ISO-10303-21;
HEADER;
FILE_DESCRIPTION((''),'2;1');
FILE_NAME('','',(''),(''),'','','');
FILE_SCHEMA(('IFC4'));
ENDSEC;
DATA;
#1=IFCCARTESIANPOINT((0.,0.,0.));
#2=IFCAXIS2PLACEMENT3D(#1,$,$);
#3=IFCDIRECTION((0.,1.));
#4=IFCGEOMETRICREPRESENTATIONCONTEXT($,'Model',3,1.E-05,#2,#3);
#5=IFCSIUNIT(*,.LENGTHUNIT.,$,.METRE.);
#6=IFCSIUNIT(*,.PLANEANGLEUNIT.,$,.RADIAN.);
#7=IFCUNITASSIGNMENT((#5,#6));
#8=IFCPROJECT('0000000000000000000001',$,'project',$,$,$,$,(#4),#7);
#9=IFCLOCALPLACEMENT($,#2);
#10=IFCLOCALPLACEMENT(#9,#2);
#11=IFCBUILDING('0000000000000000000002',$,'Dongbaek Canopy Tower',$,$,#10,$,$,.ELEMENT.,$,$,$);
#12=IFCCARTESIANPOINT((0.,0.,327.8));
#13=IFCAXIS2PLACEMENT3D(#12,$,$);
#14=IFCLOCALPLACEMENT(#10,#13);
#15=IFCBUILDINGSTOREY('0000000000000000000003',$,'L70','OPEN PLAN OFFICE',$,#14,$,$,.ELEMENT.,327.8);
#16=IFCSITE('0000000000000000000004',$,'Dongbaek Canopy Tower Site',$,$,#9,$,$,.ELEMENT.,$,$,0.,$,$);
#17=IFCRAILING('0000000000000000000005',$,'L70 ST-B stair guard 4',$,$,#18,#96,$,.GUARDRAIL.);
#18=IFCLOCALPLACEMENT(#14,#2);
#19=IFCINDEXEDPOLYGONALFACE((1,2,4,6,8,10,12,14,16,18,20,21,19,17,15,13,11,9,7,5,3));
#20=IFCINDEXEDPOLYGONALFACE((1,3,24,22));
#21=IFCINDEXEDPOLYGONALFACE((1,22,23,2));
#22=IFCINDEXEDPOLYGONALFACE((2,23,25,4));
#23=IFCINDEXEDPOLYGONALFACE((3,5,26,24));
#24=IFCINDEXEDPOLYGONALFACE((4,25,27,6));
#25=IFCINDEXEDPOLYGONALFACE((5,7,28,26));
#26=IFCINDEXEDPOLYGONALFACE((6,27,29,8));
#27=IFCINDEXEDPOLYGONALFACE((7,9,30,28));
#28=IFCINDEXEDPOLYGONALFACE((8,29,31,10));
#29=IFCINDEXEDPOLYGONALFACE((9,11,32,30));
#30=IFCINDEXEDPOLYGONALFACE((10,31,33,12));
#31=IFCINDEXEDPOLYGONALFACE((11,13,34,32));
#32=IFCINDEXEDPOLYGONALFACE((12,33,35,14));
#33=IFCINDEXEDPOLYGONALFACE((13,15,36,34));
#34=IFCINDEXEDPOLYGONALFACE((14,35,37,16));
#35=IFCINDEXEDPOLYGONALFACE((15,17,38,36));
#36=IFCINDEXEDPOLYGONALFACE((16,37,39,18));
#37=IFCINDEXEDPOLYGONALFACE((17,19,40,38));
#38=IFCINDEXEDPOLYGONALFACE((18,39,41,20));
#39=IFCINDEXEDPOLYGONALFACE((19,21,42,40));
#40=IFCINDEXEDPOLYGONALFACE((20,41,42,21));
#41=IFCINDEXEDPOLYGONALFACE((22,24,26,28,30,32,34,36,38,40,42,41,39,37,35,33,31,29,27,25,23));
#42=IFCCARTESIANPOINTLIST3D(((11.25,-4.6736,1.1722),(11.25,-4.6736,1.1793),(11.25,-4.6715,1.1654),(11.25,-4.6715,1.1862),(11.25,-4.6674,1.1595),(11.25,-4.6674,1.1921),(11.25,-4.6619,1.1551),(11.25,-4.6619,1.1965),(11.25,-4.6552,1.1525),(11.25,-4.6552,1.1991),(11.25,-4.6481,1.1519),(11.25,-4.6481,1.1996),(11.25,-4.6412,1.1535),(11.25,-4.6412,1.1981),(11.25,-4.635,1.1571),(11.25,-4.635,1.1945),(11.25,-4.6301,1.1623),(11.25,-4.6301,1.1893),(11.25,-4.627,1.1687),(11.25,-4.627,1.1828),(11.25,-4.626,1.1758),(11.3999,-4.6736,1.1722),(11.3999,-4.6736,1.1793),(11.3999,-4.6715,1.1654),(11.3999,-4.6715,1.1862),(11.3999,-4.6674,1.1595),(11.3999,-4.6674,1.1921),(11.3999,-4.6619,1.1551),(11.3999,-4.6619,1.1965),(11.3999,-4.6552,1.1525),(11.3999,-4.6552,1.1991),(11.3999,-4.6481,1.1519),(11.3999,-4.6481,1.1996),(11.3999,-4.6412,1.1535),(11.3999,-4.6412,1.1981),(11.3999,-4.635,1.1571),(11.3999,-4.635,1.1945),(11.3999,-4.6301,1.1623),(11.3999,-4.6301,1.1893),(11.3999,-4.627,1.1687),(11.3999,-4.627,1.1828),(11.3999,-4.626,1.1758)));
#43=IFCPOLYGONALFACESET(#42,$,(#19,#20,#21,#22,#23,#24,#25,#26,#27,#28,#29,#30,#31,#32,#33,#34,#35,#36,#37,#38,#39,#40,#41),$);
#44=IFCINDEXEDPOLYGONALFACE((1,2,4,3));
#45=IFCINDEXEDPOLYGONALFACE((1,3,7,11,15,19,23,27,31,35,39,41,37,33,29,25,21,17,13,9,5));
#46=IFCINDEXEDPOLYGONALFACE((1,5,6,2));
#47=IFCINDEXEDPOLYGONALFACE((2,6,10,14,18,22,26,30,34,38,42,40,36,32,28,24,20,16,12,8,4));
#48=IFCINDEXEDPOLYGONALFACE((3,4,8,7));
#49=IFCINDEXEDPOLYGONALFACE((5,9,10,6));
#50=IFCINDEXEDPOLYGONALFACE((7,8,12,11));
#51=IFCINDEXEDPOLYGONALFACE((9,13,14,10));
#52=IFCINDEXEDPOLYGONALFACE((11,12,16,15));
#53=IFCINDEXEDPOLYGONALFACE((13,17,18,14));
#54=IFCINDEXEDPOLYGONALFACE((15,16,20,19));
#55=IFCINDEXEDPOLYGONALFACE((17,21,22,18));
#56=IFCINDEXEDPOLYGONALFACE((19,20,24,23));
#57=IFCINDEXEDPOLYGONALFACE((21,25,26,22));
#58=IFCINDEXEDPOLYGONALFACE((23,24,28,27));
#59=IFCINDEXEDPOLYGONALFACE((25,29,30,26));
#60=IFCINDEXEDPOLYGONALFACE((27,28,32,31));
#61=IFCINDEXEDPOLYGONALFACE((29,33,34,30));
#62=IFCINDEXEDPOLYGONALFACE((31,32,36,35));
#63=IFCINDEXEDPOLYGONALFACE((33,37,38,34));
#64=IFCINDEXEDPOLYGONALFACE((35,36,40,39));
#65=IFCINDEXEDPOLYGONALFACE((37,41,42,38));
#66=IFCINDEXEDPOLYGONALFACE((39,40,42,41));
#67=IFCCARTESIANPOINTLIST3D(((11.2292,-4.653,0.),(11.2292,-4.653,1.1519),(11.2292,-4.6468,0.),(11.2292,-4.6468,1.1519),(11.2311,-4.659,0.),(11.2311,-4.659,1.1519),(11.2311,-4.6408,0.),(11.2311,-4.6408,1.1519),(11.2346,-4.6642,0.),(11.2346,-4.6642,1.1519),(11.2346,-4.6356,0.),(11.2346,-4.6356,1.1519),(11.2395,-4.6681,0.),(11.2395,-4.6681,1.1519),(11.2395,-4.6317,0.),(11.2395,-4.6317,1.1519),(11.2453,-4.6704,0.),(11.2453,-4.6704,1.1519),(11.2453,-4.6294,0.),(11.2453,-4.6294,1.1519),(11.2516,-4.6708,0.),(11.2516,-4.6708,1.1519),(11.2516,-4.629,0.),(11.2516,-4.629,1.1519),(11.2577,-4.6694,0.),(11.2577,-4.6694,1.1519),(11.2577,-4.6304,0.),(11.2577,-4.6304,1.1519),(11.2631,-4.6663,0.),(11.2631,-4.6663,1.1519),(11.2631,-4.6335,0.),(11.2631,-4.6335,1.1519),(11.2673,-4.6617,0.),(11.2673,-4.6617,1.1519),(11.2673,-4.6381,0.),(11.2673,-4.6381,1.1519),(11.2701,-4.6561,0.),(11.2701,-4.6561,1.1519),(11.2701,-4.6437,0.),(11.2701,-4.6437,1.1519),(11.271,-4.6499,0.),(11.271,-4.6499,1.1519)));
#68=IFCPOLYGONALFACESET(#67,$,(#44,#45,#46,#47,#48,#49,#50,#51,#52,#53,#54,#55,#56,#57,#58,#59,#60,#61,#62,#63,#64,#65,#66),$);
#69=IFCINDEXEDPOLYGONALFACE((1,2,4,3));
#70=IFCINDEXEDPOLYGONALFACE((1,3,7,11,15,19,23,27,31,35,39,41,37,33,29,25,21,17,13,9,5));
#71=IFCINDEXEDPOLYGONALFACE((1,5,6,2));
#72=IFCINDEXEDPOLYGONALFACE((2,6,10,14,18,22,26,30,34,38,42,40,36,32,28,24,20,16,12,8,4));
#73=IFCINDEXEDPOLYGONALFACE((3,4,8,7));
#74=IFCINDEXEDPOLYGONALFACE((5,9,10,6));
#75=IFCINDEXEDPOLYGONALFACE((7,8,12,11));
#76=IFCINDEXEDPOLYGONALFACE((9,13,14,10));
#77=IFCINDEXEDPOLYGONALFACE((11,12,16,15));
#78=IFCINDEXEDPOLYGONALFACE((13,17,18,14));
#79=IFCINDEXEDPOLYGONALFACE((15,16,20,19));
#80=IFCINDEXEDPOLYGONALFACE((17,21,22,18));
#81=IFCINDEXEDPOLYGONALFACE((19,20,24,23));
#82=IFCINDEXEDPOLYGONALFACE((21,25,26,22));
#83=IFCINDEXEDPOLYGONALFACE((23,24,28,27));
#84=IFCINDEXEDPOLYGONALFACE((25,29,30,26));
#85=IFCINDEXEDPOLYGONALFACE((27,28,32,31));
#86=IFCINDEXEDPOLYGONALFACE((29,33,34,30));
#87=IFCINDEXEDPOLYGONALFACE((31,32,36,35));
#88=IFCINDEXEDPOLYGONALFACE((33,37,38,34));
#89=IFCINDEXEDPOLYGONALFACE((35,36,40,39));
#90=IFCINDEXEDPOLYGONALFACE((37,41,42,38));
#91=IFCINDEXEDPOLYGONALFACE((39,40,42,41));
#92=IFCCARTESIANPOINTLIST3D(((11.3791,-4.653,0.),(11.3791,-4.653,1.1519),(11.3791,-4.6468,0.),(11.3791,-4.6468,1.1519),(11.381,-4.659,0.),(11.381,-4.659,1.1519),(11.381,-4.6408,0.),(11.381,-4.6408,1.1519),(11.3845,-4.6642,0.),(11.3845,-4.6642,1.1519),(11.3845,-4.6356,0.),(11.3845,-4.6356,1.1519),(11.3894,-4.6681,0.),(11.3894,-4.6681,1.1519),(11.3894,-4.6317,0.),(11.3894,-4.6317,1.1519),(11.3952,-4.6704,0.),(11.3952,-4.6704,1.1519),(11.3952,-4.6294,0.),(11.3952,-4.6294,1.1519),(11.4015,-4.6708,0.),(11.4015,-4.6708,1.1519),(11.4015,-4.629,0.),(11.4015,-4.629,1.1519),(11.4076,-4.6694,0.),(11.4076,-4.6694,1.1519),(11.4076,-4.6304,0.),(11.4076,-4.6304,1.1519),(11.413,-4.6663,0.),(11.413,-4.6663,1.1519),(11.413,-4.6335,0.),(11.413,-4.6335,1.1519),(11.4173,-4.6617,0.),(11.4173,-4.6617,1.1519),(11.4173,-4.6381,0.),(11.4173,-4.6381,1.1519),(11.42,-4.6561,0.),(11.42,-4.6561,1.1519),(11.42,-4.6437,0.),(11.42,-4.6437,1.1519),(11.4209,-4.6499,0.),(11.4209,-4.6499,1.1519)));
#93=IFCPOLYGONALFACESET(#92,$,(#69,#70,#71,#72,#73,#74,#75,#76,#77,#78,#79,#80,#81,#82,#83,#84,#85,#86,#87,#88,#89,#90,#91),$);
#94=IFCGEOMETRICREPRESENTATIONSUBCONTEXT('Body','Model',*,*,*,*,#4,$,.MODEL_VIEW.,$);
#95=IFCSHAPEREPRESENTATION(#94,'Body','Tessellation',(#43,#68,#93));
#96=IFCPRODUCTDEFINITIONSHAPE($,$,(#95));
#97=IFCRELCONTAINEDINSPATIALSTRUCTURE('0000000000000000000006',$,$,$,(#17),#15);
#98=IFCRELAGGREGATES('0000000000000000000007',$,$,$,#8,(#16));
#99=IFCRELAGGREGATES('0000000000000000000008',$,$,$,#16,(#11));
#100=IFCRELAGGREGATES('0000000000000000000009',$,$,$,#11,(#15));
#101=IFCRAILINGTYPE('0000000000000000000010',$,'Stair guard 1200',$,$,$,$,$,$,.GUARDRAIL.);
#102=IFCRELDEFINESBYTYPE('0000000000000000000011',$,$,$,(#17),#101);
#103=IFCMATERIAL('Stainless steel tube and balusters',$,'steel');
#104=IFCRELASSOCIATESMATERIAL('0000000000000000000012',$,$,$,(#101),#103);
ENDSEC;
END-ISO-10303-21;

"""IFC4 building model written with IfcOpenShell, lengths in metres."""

from ifc_helpers import new_model, si_unit, direction, frame, origin, origin_2d, place, context, subcontext, project, spatial, circle, extrude, material, type_object, element, save


model = new_model("IFC4")

# Units and contexts
model_context = context("Model", 3, precision=1e-05, world=origin(), true_north=direction((0.0, 1.0)))
body_context = subcontext(model_context, "Body", "Model", "MODEL_VIEW")
ifc_project = project(units=[si_unit("LENGTHUNIT", "METRE"), si_unit("PLANEANGLEUNIT", "RADIAN")], contexts=[model_context])

# Site, building, storey
site_placement = place(None, origin())
site = spatial("IfcSite", under=ifc_project, at=site_placement, Name="Dongbaek Canopy Tower Site", CompositionType="ELEMENT", RefElevation=0.0)
building_placement = place(site_placement, origin())
building = spatial("IfcBuilding", under=site, at=building_placement, Name="Dongbaek Canopy Tower", CompositionType="ELEMENT")
storey_placement = place(building_placement, frame((0.0, 0.0, 327.8)))
storey = spatial("IfcBuildingStorey", under=building, at=storey_placement, Name="L70", Description="OPEN PLAN OFFICE", CompositionType="ELEMENT", Elevation=327.8)

# Railing
ifc_material_1 = material(Name="Stainless steel tube and balusters", Category="steel")
railing_type_1 = type_object("IfcRailingType", Name="Stair guard 1200", PredefinedType="GUARDRAIL", material=ifc_material_1)
railing_1_placement = place(storey_placement, frame((11.25, -4.6499, 0.0)))
element("IfcRailing", 1, at=railing_1_placement, inside=storey, type_object=railing_type_1, Name="L70 ST-B stair guard 4", PredefinedType="GUARDRAIL", context=body_context, shape_type="SweptSolid", body=[
    extrude(circle(Radius=0.0239, at=origin_2d()), frame((0.0, 0.0, 1.1758), z_axis=(1.0, 0.0, 0.0), x_axis=(0.0, 1.0, 0.0)), (0.0, 0.0, 1.0), 0.1499),
    extrude(circle(Radius=0.021, at=origin_2d()), origin(), (0.0, 0.0, 1.0), 1.1519),
    extrude(circle(Radius=0.021, at=origin_2d()), frame((0.1499, 0.0, 0.0)), (0.0, 0.0, 1.0), 1.1519),
])

save(model, "model.ifc")
